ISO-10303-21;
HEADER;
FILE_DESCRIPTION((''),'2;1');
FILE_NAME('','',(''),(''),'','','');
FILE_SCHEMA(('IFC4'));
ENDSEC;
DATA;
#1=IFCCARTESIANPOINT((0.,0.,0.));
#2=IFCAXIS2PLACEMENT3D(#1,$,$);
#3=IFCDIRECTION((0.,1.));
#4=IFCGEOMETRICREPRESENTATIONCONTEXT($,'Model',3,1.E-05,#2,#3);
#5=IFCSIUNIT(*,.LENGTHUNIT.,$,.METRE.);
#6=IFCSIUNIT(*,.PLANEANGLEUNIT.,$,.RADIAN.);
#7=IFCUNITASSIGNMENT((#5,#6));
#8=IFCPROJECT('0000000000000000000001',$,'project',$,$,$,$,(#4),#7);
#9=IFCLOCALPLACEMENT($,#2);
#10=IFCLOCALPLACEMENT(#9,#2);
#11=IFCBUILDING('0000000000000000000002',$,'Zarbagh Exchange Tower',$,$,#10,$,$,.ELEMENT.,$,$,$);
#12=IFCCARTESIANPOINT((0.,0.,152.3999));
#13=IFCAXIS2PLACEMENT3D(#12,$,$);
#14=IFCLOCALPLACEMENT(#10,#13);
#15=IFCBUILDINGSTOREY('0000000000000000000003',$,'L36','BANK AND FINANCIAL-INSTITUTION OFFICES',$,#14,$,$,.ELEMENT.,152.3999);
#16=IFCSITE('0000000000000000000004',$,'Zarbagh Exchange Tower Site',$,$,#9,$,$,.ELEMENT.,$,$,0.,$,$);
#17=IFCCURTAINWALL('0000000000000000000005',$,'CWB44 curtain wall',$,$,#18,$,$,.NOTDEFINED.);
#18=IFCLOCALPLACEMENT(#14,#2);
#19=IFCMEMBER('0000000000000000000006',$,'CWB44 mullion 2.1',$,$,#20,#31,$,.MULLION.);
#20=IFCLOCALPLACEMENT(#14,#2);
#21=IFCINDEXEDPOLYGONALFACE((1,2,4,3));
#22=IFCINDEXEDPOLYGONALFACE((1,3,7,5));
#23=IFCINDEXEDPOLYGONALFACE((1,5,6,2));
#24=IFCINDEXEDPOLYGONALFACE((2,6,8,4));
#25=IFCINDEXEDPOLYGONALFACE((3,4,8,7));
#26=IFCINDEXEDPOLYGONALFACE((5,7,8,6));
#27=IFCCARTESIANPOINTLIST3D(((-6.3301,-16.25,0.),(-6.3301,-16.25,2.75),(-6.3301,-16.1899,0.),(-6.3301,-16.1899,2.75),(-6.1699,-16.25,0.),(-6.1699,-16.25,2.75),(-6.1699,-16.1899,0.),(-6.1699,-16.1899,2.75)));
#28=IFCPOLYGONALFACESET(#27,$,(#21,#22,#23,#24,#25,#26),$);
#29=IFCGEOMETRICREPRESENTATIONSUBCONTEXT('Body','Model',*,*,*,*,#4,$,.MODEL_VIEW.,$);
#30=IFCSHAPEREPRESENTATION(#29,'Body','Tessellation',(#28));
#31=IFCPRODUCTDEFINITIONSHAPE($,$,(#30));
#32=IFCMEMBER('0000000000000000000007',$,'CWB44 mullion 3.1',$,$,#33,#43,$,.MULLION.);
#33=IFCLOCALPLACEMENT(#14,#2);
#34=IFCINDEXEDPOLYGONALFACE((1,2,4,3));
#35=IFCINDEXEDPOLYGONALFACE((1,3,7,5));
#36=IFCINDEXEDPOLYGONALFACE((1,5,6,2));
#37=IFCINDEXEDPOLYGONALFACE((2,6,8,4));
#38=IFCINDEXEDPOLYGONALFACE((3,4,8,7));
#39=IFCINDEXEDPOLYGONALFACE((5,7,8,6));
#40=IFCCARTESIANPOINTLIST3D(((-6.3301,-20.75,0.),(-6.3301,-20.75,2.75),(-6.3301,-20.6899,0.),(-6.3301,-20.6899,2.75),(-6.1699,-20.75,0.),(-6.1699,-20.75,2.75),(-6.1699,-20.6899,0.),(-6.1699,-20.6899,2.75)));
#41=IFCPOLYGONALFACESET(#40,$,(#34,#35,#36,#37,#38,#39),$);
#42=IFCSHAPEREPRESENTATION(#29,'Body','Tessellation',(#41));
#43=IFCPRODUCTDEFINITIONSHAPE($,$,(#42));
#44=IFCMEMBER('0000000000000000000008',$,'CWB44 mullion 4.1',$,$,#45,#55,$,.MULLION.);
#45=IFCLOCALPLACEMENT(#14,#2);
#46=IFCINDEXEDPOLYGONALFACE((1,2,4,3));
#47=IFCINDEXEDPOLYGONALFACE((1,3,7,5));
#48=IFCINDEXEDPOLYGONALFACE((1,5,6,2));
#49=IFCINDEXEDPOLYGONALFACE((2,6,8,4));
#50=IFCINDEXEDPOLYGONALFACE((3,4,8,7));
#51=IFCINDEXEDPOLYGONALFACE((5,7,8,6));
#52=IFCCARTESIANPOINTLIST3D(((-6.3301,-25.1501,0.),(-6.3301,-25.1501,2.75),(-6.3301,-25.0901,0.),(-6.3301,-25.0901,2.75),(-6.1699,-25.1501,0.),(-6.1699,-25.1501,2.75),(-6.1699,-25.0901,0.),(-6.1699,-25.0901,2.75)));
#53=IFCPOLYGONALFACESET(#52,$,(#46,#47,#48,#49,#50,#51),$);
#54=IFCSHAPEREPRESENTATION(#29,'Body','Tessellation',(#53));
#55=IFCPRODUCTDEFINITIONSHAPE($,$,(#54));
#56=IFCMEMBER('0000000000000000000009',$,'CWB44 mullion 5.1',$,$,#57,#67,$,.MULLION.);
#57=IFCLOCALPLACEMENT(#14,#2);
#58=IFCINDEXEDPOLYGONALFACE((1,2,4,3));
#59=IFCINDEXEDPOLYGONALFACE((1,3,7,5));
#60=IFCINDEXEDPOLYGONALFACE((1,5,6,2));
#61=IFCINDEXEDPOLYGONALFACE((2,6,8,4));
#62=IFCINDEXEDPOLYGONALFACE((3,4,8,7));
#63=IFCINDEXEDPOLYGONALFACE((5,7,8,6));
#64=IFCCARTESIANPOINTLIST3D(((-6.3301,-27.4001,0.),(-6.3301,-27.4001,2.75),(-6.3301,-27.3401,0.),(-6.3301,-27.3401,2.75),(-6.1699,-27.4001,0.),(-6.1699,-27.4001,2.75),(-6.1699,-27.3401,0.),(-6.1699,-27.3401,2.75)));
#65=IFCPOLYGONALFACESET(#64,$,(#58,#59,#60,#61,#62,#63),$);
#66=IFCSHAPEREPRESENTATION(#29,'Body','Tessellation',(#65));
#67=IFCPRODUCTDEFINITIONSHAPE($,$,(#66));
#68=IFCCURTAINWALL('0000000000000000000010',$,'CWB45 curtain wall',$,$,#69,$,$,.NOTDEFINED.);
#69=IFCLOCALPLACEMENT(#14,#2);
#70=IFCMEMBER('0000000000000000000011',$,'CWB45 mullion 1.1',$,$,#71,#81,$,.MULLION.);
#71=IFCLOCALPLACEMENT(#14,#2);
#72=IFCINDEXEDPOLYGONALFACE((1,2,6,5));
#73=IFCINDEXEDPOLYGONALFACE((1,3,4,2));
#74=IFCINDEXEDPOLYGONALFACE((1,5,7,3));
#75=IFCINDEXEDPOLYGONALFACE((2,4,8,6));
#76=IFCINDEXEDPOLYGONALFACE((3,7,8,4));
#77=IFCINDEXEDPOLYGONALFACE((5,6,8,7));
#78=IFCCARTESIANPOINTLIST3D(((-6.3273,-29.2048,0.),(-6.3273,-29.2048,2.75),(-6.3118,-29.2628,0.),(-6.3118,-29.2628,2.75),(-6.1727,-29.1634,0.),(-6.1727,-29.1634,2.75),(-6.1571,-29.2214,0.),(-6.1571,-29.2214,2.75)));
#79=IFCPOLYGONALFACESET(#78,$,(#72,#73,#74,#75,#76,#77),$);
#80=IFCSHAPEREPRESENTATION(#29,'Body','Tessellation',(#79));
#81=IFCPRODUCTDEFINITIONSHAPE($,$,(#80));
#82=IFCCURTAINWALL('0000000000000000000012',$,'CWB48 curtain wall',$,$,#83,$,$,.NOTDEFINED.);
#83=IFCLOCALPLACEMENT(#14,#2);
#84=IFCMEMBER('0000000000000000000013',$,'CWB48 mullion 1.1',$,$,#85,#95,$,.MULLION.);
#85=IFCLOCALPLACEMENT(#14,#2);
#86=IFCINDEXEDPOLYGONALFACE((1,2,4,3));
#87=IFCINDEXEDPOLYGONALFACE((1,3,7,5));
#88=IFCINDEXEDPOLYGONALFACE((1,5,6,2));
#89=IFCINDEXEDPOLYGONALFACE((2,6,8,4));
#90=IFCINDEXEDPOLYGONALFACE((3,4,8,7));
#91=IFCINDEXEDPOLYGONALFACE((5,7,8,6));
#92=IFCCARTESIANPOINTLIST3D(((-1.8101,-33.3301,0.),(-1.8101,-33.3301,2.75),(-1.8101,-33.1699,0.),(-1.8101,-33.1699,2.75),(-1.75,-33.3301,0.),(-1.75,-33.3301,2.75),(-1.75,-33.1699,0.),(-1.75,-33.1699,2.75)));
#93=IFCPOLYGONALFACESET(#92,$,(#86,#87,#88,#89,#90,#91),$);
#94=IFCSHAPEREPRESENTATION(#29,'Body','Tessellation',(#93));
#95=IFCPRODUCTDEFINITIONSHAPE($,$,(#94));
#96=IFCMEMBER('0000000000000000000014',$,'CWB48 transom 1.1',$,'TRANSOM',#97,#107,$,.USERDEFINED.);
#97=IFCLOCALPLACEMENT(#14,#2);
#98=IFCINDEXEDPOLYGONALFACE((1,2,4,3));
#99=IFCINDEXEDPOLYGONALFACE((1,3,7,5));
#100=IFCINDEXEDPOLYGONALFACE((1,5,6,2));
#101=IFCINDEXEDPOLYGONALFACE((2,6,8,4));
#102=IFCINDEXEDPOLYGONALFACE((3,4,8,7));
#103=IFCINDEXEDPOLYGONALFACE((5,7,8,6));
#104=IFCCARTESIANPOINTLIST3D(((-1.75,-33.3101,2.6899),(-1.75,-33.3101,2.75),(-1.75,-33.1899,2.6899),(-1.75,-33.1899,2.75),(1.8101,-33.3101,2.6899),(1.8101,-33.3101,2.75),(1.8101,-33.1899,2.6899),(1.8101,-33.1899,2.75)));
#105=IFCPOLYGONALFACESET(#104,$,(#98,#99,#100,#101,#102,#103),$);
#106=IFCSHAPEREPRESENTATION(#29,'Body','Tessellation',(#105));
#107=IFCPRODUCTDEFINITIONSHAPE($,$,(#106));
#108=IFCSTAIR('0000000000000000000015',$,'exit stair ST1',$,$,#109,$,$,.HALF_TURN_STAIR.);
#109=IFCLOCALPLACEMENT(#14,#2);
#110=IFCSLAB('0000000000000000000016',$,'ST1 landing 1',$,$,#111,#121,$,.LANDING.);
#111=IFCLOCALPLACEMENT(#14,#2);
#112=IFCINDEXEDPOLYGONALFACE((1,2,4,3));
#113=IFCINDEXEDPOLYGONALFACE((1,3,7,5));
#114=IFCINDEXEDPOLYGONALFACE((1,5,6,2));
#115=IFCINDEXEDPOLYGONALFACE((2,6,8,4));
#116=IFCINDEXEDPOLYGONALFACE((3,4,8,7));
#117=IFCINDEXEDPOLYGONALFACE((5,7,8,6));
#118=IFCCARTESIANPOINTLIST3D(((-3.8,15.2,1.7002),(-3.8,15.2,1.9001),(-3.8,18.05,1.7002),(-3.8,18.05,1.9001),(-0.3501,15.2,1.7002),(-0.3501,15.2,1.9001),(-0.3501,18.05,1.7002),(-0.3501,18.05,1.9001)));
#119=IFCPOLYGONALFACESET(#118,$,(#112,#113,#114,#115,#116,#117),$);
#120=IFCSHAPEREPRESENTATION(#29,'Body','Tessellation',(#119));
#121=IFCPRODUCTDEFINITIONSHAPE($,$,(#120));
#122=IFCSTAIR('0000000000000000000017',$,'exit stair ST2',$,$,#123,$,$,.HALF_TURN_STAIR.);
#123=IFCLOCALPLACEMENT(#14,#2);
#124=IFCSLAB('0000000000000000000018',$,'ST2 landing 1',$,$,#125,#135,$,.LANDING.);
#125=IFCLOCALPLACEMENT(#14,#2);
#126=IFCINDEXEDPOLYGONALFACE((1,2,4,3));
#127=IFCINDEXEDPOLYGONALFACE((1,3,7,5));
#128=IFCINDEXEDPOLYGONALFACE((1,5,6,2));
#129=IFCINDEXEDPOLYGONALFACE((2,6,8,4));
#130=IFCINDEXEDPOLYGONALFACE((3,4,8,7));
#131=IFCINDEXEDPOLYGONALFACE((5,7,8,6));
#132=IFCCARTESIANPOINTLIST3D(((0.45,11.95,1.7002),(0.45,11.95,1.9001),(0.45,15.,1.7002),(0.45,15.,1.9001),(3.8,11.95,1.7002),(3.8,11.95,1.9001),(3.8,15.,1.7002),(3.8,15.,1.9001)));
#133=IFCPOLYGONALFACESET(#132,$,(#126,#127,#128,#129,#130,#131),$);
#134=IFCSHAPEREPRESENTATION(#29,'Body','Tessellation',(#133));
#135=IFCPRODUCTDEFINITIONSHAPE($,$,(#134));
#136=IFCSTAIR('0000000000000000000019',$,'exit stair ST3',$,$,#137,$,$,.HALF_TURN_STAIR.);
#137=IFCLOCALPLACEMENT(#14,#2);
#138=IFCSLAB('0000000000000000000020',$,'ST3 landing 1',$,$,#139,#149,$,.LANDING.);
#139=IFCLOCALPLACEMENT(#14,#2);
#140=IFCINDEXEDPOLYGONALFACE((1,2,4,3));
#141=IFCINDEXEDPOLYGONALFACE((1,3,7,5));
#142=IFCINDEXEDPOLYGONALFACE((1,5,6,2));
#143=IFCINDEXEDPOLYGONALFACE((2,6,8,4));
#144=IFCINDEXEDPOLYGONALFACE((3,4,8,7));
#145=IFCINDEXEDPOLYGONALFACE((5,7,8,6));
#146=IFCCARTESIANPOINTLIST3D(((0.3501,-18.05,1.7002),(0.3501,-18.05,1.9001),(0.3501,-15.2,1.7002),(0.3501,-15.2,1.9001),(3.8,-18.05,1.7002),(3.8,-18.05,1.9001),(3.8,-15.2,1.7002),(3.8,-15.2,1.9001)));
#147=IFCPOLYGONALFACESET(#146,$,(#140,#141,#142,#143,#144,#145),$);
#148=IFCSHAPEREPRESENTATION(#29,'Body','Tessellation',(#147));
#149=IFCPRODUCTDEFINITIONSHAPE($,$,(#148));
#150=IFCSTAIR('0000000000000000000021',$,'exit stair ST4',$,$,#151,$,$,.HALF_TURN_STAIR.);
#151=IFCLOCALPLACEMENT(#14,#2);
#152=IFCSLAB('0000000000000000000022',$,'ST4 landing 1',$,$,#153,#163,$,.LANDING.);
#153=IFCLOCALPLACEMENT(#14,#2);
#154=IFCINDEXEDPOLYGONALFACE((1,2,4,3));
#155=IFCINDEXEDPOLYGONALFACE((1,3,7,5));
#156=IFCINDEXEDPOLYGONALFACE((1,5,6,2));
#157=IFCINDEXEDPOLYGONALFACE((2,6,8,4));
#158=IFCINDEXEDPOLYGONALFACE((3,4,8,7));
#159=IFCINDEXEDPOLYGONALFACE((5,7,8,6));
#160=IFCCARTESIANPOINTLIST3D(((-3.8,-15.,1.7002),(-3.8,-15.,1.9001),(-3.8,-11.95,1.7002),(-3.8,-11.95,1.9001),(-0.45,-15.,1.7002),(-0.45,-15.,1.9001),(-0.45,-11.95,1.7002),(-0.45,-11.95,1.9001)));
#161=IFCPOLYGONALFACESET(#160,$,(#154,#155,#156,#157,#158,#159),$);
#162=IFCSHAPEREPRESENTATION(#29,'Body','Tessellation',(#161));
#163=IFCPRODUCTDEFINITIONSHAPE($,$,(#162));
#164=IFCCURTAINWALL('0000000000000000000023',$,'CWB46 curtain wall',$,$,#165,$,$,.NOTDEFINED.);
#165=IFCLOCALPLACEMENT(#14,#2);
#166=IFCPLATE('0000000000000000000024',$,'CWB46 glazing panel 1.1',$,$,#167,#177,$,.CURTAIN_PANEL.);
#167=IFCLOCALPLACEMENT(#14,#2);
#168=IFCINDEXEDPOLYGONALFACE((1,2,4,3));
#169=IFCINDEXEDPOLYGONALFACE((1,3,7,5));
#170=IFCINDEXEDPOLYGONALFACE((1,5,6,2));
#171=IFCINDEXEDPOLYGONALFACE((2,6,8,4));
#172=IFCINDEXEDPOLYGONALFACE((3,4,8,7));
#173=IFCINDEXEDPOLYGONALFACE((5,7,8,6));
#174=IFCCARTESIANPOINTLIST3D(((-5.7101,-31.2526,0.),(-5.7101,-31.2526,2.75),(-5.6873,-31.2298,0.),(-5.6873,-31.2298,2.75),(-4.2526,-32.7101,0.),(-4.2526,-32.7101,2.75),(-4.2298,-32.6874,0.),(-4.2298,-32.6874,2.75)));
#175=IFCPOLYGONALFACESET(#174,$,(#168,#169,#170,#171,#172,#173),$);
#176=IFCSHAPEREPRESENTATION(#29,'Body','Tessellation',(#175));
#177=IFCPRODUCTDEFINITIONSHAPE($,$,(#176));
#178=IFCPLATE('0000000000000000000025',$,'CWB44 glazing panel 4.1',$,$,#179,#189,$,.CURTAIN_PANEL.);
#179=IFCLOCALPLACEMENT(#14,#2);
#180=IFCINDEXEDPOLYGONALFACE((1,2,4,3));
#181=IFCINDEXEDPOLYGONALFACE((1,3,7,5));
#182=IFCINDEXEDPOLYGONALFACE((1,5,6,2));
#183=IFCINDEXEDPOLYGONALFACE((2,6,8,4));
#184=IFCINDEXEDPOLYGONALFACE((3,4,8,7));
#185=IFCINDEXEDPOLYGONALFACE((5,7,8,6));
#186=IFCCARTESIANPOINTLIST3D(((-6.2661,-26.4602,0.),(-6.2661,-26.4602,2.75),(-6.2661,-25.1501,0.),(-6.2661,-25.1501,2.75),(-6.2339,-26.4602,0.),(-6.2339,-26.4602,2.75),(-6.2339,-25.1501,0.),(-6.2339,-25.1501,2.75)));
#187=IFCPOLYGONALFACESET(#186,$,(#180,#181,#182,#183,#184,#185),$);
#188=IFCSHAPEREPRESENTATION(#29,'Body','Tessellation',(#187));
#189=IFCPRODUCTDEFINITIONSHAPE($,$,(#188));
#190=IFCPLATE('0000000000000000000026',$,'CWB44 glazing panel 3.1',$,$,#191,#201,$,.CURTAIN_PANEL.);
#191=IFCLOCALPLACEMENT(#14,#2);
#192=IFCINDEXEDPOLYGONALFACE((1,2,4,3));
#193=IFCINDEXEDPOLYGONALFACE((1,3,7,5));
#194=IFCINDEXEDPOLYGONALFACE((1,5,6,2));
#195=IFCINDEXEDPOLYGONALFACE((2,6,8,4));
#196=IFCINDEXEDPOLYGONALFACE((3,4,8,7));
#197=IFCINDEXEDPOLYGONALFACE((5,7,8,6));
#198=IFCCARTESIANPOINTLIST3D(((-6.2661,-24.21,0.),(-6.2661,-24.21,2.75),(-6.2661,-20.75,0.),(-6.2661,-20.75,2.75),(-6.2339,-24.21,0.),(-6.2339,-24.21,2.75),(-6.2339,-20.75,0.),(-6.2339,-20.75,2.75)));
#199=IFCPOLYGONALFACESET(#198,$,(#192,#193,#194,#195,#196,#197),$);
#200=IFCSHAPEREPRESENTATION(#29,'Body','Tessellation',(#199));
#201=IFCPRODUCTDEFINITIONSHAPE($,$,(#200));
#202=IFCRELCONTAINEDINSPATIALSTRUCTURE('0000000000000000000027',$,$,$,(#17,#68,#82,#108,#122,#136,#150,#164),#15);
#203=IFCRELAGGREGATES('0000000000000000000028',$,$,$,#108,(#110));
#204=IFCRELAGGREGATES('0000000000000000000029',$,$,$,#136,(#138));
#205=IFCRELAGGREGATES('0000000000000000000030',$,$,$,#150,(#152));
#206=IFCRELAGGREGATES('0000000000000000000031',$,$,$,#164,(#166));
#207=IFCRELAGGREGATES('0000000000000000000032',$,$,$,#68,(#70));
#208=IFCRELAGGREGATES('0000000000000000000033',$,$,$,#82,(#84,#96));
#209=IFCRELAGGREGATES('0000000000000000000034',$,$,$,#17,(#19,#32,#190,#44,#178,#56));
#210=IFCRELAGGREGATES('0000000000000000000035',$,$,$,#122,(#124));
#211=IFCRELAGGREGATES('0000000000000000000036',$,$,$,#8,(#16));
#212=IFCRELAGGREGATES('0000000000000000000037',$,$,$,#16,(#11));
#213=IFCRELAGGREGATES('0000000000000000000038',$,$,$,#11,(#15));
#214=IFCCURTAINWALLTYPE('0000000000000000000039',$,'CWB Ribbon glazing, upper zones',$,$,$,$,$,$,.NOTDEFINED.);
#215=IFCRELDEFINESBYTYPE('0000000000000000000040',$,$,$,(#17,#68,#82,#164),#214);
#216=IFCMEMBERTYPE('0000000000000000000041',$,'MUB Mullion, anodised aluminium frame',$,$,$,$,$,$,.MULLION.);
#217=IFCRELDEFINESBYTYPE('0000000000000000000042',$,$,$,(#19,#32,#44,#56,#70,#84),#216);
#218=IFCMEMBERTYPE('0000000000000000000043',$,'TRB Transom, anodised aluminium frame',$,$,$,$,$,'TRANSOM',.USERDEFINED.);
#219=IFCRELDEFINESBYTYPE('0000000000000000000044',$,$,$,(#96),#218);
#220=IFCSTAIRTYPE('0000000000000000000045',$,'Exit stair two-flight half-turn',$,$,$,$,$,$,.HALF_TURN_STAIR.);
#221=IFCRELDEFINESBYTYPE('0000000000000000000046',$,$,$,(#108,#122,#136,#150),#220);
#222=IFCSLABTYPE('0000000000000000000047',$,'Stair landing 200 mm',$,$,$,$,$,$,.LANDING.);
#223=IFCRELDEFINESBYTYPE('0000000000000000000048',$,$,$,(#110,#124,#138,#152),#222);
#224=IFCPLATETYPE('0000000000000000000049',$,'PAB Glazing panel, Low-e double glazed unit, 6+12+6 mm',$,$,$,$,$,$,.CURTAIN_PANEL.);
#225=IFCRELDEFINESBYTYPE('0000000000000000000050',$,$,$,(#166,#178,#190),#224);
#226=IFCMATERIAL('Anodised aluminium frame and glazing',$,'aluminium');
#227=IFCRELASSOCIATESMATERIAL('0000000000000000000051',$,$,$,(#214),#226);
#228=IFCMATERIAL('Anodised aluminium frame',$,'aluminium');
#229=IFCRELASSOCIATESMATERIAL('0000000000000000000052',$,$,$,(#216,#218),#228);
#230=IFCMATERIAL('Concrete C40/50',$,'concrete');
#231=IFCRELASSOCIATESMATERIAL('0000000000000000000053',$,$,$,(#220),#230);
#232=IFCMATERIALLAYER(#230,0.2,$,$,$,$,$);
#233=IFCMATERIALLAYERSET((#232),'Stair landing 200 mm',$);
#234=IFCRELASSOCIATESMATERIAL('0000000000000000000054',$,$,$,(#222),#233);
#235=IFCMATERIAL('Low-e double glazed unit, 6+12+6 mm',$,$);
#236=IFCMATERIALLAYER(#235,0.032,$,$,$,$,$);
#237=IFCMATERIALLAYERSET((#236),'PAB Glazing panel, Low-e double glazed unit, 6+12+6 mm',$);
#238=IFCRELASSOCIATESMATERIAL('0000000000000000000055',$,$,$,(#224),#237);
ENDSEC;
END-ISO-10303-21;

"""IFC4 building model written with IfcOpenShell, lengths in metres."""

from ifc_helpers import new_model, si_unit, direction, frame, origin, place, context, subcontext, project, spatial, polyline, outline, extrude, source, transform, mapped, material, layer, layer_set, type_object, element, aggregate, save


model = new_model("IFC4")

# Units and contexts
model_context = context("Model", 3, precision=1e-05, world=origin(), true_north=direction((0.0, 1.0)))
body_context = subcontext(model_context, "Body", "Model", "MODEL_VIEW")
ifc_project = project(units=[si_unit("LENGTHUNIT", "METRE"), si_unit("PLANEANGLEUNIT", "RADIAN")], contexts=[model_context])

# Site, building, storey
site_placement = place(None, origin())
site = spatial("IfcSite", under=ifc_project, at=site_placement, Name="Zarbagh Exchange Tower Site", CompositionType="ELEMENT", RefElevation=0.0)
building_placement = place(site_placement, origin())
building = spatial("IfcBuilding", under=site, at=building_placement, Name="Zarbagh Exchange Tower", CompositionType="ELEMENT")
storey_placement = place(building_placement, frame((0.0, 0.0, 152.3999)))
storey = spatial("IfcBuildingStorey", under=building, at=storey_placement, Name="L36", Description="BANK AND FINANCIAL-INSTITUTION OFFICES", CompositionType="ELEMENT", Elevation=152.3999)

# Curtain wall, members
ifc_material_1 = material(Name="Anodised aluminium frame and glazing", Category="aluminium")
curtain_wall_type = type_object("IfcCurtainWallType", Name="CWB Ribbon glazing, upper zones", PredefinedType="NOTDEFINED", material=ifc_material_1)
curtain_wall_1_placement = place(storey_placement, origin())
curtain_wall_1 = element("IfcCurtainWall", 1, at=curtain_wall_1_placement, inside=storey, type_object=curtain_wall_type, Name="CWB44 curtain wall", PredefinedType="NOTDEFINED")
ifc_material_2 = material(Name="Anodised aluminium frame", Category="aluminium")
member_type_1 = type_object("IfcMemberType", Name="MUB Mullion, anodised aluminium frame", PredefinedType="MULLION", material=ifc_material_2)
shared_shape_1 = source(origin(), body_context, "Body", "SweptSolid", [
    extrude(outline(polyline([(0.0, -0.0801), (0.0601, -0.0801), (0.0601, 0.0801), (0.0, 0.0801), (0.0, -0.0801)])), origin(), (0.0, 0.0, 1.0), 2.75),
])
placement = place(storey_placement, origin())
member_1 = element("IfcMember", 2, at=placement, type_object=member_type_1, Name="CWB44 mullion 2.1", PredefinedType="MULLION", context=body_context, shape_type="MappedRepresentation", body=[
    mapped(shared_shape_1, transform((-6.25, -16.1899, 0.0), x_axis=(0.0, -1.0, 0.0), y_axis=(1.0, 0.0, 0.0), z_axis=(0.0, 0.0, 1.0))),
])
member_2 = element("IfcMember", 3, at=placement, type_object=member_type_1, Name="CWB44 mullion 3.1", PredefinedType="MULLION", context=body_context, shape_type="MappedRepresentation", body=[
    mapped(shared_shape_1, transform((-6.25, -20.6899, 0.0), x_axis=(0.0, -1.0, 0.0), y_axis=(1.0, 0.0, 0.0), z_axis=(0.0, 0.0, 1.0))),
])
member_3 = element("IfcMember", 4, at=placement, type_object=member_type_1, Name="CWB44 mullion 4.1", PredefinedType="MULLION", context=body_context, shape_type="MappedRepresentation", body=[
    mapped(shared_shape_1, transform((-6.25, -25.0901, 0.0), x_axis=(0.0, -1.0, 0.0), y_axis=(1.0, 0.0, 0.0), z_axis=(0.0, 0.0, 1.0))),
])
member_4 = element("IfcMember", 5, at=placement, type_object=member_type_1, Name="CWB44 mullion 5.1", PredefinedType="MULLION", context=body_context, shape_type="MappedRepresentation", body=[
    mapped(shared_shape_1, transform((-6.25, -27.3401, 0.0), x_axis=(0.0, -1.0, 0.0), y_axis=(1.0, 0.0, 0.0), z_axis=(0.0, 0.0, 1.0))),
])

# Curtain wall, member
curtain_wall_2_placement = place(storey_placement, origin())
curtain_wall_2 = element("IfcCurtainWall", 6, at=curtain_wall_2_placement, inside=storey, type_object=curtain_wall_type, Name="CWB45 curtain wall", PredefinedType="NOTDEFINED")
member_5 = element("IfcMember", 7, at=placement, type_object=member_type_1, Name="CWB45 mullion 1.1", PredefinedType="MULLION", context=body_context, shape_type="MappedRepresentation", body=[
    mapped(shared_shape_1, transform((-6.25, -29.1841, 0.0), x_axis=(0.258825, -0.965924, 0.0), y_axis=(0.965924, 0.258825, 0.0), z_axis=(0.0, 0.0, 1.0))),
])

# Curtain wall, members
curtain_wall_3_placement = place(storey_placement, origin())
curtain_wall_3 = element("IfcCurtainWall", 8, at=curtain_wall_3_placement, inside=storey, type_object=curtain_wall_type, Name="CWB48 curtain wall", PredefinedType="NOTDEFINED")
member_6 = element("IfcMember", 9, at=placement, type_object=member_type_1, Name="CWB48 mullion 1.1", PredefinedType="MULLION", context=body_context, shape_type="MappedRepresentation", body=[
    mapped(shared_shape_1, transform((-1.8101, -33.25, 0.0), x_axis=(1.0, 0.0, 0.0), y_axis=(0.0, 1.0, 0.0), z_axis=(0.0, 0.0, 1.0))),
])
member_type_2 = type_object("IfcMemberType", Name="TRB Transom, anodised aluminium frame", ElementType="TRANSOM", PredefinedType="USERDEFINED", material=ifc_material_2)
shared_shape_2 = source(origin(), body_context, "Body", "SweptSolid", [
    extrude(outline(polyline([(-0.0601, -0.0601), (0.0, -0.0601), (0.0, 0.0601), (-0.0601, 0.0601), (-0.0601, -0.0601)])), origin(), (0.0, 0.0, 1.0), 3.5601),
])
member_7 = element("IfcMember", 10, at=placement, type_object=member_type_2, Name="CWB48 transom 1.1", ObjectType="TRANSOM", PredefinedType="USERDEFINED", context=body_context, shape_type="MappedRepresentation", body=[
    mapped(shared_shape_2, transform((-1.75, -33.25, 2.75), x_axis=(0.0, 0.0, 1.0), y_axis=(0.0, -1.0, 0.0), z_axis=(1.0, 0.0, 0.0))),
])

# Stairs, slabs
ifc_material_3 = material(Name="Concrete C40/50", Category="concrete")
stair_type = type_object("IfcStairType", Name="Exit stair two-flight half-turn", PredefinedType="HALF_TURN_STAIR", material=ifc_material_3)
stair_1_placement = place(storey_placement, origin())
stair_1 = element("IfcStair", 11, at=stair_1_placement, inside=storey, type_object=stair_type, Name="exit stair ST1", PredefinedType="HALF_TURN_STAIR")
ifc_layer_1 = layer(ifc_material_3, 0.2)
ifc_layer_set_1 = layer_set([ifc_layer_1], Name="Stair landing 200 mm")
slab_type = type_object("IfcSlabType", Name="Stair landing 200 mm", PredefinedType="LANDING", material=ifc_layer_set_1)
slab_1_placement = place(storey_placement, frame((0.0, 0.0, 1.7002)))
slab_1 = element("IfcSlab", 12, at=slab_1_placement, type_object=slab_type, Name="ST1 landing 1", PredefinedType="LANDING", context=body_context, shape_type="SweptSolid", body=[
    extrude(outline(polyline([(-0.3501, 18.05), (-3.8, 18.05), (-3.8, 15.2), (-0.3501, 15.2), (-0.3501, 18.05)])), origin(), (0.0, 0.0, 1.0), 0.2),
])
aggregate(stair_1, [slab_1])
stair_2_placement = place(storey_placement, origin())
stair_2 = element("IfcStair", 13, at=stair_2_placement, inside=storey, type_object=stair_type, Name="exit stair ST2", PredefinedType="HALF_TURN_STAIR")
slab_2_placement = place(storey_placement, frame((0.0, 0.0, 1.7002)))
slab_2 = element("IfcSlab", 14, at=slab_2_placement, type_object=slab_type, Name="ST2 landing 1", PredefinedType="LANDING", context=body_context, shape_type="SweptSolid", body=[
    extrude(outline(polyline([(0.45, 11.95), (3.8, 11.95), (3.8, 15.0), (0.45, 15.0), (0.45, 11.95)])), origin(), (0.0, 0.0, 1.0), 0.2),
])
stair_3_placement = place(storey_placement, origin())
stair_3 = element("IfcStair", 15, at=stair_3_placement, inside=storey, type_object=stair_type, Name="exit stair ST3", PredefinedType="HALF_TURN_STAIR")
slab_3_placement = place(storey_placement, frame((0.0, 0.0, 1.7002)))
slab_3 = element("IfcSlab", 16, at=slab_3_placement, type_object=slab_type, Name="ST3 landing 1", PredefinedType="LANDING", context=body_context, shape_type="SweptSolid", body=[
    extrude(outline(polyline([(0.3501, -18.05), (3.8, -18.05), (3.8, -15.2), (0.3501, -15.2), (0.3501, -18.05)])), origin(), (0.0, 0.0, 1.0), 0.2),
])
aggregate(stair_3, [slab_3])
stair_4_placement = place(storey_placement, origin())
stair_4 = element("IfcStair", 17, at=stair_4_placement, inside=storey, type_object=stair_type, Name="exit stair ST4", PredefinedType="HALF_TURN_STAIR")
slab_4_placement = place(storey_placement, frame((0.0, 0.0, 1.7002)))
slab_4 = element("IfcSlab", 18, at=slab_4_placement, type_object=slab_type, Name="ST4 landing 1", PredefinedType="LANDING", context=body_context, shape_type="SweptSolid", body=[
    extrude(outline(polyline([(-0.45, -11.95), (-3.8, -11.95), (-3.8, -15.0), (-0.45, -15.0), (-0.45, -11.95)])), origin(), (0.0, 0.0, 1.0), 0.2),
])
aggregate(stair_4, [slab_4])

# Curtain wall, plate
curtain_wall_4_placement = place(storey_placement, origin())
curtain_wall_4 = element("IfcCurtainWall", 19, at=curtain_wall_4_placement, inside=storey, type_object=curtain_wall_type, Name="CWB46 curtain wall", PredefinedType="NOTDEFINED")
ifc_material_4 = material(Name="Low-e double glazed unit, 6+12+6 mm")
ifc_layer_2 = layer(ifc_material_4, 0.032)
ifc_layer_set_2 = layer_set([ifc_layer_2], Name="PAB Glazing panel, Low-e double glazed unit, 6+12+6 mm")
plate_type = type_object("IfcPlateType", Name="PAB Glazing panel, Low-e double glazed unit, 6+12+6 mm", PredefinedType="CURTAIN_PANEL", material=ifc_layer_set_2)
shared_shape_3 = source(origin(), body_context, "Body", "SweptSolid", [
    extrude(outline(polyline([(0.0, -0.0161), (2.0613, -0.0161), (2.0613, 0.0161), (0.0, 0.0161), (0.0, -0.0161)])), origin(), (0.0, 0.0, 1.0), 2.75),
])
plate_1 = element("IfcPlate", 20, at=placement, type_object=plate_type, Name="CWB46 glazing panel 1.1", PredefinedType="CURTAIN_PANEL", context=body_context, shape_type="MappedRepresentation", body=[
    mapped(shared_shape_3, transform((-5.6987, -31.2412, 0.0), x_axis=(0.707107, -0.707107, 0.0), y_axis=(0.707107, 0.707107, 0.0), z_axis=(0.0, 0.0, 1.0))),
])
aggregate(curtain_wall_4, [plate_1])

# Plates
shared_shape_4 = source(origin(), body_context, "Body", "SweptSolid", [
    extrude(outline(polyline([(0.0, -0.0161), (1.3101, -0.0161), (1.3101, 0.0161), (0.0, 0.0161), (0.0, -0.0161)])), origin(), (0.0, 0.0, 1.0), 2.75),
])
plate_2 = element("IfcPlate", 21, at=placement, type_object=plate_type, Name="CWB44 glazing panel 4.1", PredefinedType="CURTAIN_PANEL", context=body_context, shape_type="MappedRepresentation", body=[
    mapped(shared_shape_4, transform((-6.25, -25.1501, 0.0), x_axis=(0.0, -1.0, 0.0), y_axis=(1.0, 0.0, 0.0), z_axis=(0.0, 0.0, 1.0))),
])
shared_shape_5 = source(origin(), body_context, "Body", "SweptSolid", [
    extrude(outline(polyline([(0.0, -0.0161), (3.46, -0.0161), (3.46, 0.0161), (0.0, 0.0161), (0.0, -0.0161)])), origin(), (0.0, 0.0, 1.0), 2.75),
])
plate_3 = element("IfcPlate", 22, at=placement, type_object=plate_type, Name="CWB44 glazing panel 3.1", PredefinedType="CURTAIN_PANEL", context=body_context, shape_type="MappedRepresentation", body=[
    mapped(shared_shape_5, transform((-6.25, -20.75, 0.0), x_axis=(0.0, -1.0, 0.0), y_axis=(1.0, 0.0, 0.0), z_axis=(0.0, 0.0, 1.0))),
])
aggregate(curtain_wall_2, [member_5])

aggregate(curtain_wall_3, [member_6, member_7])
aggregate(curtain_wall_1, [member_1, member_2, plate_3, member_3, plate_2, member_4])

aggregate(stair_2, [slab_2])

save(model, "model.ifc")
